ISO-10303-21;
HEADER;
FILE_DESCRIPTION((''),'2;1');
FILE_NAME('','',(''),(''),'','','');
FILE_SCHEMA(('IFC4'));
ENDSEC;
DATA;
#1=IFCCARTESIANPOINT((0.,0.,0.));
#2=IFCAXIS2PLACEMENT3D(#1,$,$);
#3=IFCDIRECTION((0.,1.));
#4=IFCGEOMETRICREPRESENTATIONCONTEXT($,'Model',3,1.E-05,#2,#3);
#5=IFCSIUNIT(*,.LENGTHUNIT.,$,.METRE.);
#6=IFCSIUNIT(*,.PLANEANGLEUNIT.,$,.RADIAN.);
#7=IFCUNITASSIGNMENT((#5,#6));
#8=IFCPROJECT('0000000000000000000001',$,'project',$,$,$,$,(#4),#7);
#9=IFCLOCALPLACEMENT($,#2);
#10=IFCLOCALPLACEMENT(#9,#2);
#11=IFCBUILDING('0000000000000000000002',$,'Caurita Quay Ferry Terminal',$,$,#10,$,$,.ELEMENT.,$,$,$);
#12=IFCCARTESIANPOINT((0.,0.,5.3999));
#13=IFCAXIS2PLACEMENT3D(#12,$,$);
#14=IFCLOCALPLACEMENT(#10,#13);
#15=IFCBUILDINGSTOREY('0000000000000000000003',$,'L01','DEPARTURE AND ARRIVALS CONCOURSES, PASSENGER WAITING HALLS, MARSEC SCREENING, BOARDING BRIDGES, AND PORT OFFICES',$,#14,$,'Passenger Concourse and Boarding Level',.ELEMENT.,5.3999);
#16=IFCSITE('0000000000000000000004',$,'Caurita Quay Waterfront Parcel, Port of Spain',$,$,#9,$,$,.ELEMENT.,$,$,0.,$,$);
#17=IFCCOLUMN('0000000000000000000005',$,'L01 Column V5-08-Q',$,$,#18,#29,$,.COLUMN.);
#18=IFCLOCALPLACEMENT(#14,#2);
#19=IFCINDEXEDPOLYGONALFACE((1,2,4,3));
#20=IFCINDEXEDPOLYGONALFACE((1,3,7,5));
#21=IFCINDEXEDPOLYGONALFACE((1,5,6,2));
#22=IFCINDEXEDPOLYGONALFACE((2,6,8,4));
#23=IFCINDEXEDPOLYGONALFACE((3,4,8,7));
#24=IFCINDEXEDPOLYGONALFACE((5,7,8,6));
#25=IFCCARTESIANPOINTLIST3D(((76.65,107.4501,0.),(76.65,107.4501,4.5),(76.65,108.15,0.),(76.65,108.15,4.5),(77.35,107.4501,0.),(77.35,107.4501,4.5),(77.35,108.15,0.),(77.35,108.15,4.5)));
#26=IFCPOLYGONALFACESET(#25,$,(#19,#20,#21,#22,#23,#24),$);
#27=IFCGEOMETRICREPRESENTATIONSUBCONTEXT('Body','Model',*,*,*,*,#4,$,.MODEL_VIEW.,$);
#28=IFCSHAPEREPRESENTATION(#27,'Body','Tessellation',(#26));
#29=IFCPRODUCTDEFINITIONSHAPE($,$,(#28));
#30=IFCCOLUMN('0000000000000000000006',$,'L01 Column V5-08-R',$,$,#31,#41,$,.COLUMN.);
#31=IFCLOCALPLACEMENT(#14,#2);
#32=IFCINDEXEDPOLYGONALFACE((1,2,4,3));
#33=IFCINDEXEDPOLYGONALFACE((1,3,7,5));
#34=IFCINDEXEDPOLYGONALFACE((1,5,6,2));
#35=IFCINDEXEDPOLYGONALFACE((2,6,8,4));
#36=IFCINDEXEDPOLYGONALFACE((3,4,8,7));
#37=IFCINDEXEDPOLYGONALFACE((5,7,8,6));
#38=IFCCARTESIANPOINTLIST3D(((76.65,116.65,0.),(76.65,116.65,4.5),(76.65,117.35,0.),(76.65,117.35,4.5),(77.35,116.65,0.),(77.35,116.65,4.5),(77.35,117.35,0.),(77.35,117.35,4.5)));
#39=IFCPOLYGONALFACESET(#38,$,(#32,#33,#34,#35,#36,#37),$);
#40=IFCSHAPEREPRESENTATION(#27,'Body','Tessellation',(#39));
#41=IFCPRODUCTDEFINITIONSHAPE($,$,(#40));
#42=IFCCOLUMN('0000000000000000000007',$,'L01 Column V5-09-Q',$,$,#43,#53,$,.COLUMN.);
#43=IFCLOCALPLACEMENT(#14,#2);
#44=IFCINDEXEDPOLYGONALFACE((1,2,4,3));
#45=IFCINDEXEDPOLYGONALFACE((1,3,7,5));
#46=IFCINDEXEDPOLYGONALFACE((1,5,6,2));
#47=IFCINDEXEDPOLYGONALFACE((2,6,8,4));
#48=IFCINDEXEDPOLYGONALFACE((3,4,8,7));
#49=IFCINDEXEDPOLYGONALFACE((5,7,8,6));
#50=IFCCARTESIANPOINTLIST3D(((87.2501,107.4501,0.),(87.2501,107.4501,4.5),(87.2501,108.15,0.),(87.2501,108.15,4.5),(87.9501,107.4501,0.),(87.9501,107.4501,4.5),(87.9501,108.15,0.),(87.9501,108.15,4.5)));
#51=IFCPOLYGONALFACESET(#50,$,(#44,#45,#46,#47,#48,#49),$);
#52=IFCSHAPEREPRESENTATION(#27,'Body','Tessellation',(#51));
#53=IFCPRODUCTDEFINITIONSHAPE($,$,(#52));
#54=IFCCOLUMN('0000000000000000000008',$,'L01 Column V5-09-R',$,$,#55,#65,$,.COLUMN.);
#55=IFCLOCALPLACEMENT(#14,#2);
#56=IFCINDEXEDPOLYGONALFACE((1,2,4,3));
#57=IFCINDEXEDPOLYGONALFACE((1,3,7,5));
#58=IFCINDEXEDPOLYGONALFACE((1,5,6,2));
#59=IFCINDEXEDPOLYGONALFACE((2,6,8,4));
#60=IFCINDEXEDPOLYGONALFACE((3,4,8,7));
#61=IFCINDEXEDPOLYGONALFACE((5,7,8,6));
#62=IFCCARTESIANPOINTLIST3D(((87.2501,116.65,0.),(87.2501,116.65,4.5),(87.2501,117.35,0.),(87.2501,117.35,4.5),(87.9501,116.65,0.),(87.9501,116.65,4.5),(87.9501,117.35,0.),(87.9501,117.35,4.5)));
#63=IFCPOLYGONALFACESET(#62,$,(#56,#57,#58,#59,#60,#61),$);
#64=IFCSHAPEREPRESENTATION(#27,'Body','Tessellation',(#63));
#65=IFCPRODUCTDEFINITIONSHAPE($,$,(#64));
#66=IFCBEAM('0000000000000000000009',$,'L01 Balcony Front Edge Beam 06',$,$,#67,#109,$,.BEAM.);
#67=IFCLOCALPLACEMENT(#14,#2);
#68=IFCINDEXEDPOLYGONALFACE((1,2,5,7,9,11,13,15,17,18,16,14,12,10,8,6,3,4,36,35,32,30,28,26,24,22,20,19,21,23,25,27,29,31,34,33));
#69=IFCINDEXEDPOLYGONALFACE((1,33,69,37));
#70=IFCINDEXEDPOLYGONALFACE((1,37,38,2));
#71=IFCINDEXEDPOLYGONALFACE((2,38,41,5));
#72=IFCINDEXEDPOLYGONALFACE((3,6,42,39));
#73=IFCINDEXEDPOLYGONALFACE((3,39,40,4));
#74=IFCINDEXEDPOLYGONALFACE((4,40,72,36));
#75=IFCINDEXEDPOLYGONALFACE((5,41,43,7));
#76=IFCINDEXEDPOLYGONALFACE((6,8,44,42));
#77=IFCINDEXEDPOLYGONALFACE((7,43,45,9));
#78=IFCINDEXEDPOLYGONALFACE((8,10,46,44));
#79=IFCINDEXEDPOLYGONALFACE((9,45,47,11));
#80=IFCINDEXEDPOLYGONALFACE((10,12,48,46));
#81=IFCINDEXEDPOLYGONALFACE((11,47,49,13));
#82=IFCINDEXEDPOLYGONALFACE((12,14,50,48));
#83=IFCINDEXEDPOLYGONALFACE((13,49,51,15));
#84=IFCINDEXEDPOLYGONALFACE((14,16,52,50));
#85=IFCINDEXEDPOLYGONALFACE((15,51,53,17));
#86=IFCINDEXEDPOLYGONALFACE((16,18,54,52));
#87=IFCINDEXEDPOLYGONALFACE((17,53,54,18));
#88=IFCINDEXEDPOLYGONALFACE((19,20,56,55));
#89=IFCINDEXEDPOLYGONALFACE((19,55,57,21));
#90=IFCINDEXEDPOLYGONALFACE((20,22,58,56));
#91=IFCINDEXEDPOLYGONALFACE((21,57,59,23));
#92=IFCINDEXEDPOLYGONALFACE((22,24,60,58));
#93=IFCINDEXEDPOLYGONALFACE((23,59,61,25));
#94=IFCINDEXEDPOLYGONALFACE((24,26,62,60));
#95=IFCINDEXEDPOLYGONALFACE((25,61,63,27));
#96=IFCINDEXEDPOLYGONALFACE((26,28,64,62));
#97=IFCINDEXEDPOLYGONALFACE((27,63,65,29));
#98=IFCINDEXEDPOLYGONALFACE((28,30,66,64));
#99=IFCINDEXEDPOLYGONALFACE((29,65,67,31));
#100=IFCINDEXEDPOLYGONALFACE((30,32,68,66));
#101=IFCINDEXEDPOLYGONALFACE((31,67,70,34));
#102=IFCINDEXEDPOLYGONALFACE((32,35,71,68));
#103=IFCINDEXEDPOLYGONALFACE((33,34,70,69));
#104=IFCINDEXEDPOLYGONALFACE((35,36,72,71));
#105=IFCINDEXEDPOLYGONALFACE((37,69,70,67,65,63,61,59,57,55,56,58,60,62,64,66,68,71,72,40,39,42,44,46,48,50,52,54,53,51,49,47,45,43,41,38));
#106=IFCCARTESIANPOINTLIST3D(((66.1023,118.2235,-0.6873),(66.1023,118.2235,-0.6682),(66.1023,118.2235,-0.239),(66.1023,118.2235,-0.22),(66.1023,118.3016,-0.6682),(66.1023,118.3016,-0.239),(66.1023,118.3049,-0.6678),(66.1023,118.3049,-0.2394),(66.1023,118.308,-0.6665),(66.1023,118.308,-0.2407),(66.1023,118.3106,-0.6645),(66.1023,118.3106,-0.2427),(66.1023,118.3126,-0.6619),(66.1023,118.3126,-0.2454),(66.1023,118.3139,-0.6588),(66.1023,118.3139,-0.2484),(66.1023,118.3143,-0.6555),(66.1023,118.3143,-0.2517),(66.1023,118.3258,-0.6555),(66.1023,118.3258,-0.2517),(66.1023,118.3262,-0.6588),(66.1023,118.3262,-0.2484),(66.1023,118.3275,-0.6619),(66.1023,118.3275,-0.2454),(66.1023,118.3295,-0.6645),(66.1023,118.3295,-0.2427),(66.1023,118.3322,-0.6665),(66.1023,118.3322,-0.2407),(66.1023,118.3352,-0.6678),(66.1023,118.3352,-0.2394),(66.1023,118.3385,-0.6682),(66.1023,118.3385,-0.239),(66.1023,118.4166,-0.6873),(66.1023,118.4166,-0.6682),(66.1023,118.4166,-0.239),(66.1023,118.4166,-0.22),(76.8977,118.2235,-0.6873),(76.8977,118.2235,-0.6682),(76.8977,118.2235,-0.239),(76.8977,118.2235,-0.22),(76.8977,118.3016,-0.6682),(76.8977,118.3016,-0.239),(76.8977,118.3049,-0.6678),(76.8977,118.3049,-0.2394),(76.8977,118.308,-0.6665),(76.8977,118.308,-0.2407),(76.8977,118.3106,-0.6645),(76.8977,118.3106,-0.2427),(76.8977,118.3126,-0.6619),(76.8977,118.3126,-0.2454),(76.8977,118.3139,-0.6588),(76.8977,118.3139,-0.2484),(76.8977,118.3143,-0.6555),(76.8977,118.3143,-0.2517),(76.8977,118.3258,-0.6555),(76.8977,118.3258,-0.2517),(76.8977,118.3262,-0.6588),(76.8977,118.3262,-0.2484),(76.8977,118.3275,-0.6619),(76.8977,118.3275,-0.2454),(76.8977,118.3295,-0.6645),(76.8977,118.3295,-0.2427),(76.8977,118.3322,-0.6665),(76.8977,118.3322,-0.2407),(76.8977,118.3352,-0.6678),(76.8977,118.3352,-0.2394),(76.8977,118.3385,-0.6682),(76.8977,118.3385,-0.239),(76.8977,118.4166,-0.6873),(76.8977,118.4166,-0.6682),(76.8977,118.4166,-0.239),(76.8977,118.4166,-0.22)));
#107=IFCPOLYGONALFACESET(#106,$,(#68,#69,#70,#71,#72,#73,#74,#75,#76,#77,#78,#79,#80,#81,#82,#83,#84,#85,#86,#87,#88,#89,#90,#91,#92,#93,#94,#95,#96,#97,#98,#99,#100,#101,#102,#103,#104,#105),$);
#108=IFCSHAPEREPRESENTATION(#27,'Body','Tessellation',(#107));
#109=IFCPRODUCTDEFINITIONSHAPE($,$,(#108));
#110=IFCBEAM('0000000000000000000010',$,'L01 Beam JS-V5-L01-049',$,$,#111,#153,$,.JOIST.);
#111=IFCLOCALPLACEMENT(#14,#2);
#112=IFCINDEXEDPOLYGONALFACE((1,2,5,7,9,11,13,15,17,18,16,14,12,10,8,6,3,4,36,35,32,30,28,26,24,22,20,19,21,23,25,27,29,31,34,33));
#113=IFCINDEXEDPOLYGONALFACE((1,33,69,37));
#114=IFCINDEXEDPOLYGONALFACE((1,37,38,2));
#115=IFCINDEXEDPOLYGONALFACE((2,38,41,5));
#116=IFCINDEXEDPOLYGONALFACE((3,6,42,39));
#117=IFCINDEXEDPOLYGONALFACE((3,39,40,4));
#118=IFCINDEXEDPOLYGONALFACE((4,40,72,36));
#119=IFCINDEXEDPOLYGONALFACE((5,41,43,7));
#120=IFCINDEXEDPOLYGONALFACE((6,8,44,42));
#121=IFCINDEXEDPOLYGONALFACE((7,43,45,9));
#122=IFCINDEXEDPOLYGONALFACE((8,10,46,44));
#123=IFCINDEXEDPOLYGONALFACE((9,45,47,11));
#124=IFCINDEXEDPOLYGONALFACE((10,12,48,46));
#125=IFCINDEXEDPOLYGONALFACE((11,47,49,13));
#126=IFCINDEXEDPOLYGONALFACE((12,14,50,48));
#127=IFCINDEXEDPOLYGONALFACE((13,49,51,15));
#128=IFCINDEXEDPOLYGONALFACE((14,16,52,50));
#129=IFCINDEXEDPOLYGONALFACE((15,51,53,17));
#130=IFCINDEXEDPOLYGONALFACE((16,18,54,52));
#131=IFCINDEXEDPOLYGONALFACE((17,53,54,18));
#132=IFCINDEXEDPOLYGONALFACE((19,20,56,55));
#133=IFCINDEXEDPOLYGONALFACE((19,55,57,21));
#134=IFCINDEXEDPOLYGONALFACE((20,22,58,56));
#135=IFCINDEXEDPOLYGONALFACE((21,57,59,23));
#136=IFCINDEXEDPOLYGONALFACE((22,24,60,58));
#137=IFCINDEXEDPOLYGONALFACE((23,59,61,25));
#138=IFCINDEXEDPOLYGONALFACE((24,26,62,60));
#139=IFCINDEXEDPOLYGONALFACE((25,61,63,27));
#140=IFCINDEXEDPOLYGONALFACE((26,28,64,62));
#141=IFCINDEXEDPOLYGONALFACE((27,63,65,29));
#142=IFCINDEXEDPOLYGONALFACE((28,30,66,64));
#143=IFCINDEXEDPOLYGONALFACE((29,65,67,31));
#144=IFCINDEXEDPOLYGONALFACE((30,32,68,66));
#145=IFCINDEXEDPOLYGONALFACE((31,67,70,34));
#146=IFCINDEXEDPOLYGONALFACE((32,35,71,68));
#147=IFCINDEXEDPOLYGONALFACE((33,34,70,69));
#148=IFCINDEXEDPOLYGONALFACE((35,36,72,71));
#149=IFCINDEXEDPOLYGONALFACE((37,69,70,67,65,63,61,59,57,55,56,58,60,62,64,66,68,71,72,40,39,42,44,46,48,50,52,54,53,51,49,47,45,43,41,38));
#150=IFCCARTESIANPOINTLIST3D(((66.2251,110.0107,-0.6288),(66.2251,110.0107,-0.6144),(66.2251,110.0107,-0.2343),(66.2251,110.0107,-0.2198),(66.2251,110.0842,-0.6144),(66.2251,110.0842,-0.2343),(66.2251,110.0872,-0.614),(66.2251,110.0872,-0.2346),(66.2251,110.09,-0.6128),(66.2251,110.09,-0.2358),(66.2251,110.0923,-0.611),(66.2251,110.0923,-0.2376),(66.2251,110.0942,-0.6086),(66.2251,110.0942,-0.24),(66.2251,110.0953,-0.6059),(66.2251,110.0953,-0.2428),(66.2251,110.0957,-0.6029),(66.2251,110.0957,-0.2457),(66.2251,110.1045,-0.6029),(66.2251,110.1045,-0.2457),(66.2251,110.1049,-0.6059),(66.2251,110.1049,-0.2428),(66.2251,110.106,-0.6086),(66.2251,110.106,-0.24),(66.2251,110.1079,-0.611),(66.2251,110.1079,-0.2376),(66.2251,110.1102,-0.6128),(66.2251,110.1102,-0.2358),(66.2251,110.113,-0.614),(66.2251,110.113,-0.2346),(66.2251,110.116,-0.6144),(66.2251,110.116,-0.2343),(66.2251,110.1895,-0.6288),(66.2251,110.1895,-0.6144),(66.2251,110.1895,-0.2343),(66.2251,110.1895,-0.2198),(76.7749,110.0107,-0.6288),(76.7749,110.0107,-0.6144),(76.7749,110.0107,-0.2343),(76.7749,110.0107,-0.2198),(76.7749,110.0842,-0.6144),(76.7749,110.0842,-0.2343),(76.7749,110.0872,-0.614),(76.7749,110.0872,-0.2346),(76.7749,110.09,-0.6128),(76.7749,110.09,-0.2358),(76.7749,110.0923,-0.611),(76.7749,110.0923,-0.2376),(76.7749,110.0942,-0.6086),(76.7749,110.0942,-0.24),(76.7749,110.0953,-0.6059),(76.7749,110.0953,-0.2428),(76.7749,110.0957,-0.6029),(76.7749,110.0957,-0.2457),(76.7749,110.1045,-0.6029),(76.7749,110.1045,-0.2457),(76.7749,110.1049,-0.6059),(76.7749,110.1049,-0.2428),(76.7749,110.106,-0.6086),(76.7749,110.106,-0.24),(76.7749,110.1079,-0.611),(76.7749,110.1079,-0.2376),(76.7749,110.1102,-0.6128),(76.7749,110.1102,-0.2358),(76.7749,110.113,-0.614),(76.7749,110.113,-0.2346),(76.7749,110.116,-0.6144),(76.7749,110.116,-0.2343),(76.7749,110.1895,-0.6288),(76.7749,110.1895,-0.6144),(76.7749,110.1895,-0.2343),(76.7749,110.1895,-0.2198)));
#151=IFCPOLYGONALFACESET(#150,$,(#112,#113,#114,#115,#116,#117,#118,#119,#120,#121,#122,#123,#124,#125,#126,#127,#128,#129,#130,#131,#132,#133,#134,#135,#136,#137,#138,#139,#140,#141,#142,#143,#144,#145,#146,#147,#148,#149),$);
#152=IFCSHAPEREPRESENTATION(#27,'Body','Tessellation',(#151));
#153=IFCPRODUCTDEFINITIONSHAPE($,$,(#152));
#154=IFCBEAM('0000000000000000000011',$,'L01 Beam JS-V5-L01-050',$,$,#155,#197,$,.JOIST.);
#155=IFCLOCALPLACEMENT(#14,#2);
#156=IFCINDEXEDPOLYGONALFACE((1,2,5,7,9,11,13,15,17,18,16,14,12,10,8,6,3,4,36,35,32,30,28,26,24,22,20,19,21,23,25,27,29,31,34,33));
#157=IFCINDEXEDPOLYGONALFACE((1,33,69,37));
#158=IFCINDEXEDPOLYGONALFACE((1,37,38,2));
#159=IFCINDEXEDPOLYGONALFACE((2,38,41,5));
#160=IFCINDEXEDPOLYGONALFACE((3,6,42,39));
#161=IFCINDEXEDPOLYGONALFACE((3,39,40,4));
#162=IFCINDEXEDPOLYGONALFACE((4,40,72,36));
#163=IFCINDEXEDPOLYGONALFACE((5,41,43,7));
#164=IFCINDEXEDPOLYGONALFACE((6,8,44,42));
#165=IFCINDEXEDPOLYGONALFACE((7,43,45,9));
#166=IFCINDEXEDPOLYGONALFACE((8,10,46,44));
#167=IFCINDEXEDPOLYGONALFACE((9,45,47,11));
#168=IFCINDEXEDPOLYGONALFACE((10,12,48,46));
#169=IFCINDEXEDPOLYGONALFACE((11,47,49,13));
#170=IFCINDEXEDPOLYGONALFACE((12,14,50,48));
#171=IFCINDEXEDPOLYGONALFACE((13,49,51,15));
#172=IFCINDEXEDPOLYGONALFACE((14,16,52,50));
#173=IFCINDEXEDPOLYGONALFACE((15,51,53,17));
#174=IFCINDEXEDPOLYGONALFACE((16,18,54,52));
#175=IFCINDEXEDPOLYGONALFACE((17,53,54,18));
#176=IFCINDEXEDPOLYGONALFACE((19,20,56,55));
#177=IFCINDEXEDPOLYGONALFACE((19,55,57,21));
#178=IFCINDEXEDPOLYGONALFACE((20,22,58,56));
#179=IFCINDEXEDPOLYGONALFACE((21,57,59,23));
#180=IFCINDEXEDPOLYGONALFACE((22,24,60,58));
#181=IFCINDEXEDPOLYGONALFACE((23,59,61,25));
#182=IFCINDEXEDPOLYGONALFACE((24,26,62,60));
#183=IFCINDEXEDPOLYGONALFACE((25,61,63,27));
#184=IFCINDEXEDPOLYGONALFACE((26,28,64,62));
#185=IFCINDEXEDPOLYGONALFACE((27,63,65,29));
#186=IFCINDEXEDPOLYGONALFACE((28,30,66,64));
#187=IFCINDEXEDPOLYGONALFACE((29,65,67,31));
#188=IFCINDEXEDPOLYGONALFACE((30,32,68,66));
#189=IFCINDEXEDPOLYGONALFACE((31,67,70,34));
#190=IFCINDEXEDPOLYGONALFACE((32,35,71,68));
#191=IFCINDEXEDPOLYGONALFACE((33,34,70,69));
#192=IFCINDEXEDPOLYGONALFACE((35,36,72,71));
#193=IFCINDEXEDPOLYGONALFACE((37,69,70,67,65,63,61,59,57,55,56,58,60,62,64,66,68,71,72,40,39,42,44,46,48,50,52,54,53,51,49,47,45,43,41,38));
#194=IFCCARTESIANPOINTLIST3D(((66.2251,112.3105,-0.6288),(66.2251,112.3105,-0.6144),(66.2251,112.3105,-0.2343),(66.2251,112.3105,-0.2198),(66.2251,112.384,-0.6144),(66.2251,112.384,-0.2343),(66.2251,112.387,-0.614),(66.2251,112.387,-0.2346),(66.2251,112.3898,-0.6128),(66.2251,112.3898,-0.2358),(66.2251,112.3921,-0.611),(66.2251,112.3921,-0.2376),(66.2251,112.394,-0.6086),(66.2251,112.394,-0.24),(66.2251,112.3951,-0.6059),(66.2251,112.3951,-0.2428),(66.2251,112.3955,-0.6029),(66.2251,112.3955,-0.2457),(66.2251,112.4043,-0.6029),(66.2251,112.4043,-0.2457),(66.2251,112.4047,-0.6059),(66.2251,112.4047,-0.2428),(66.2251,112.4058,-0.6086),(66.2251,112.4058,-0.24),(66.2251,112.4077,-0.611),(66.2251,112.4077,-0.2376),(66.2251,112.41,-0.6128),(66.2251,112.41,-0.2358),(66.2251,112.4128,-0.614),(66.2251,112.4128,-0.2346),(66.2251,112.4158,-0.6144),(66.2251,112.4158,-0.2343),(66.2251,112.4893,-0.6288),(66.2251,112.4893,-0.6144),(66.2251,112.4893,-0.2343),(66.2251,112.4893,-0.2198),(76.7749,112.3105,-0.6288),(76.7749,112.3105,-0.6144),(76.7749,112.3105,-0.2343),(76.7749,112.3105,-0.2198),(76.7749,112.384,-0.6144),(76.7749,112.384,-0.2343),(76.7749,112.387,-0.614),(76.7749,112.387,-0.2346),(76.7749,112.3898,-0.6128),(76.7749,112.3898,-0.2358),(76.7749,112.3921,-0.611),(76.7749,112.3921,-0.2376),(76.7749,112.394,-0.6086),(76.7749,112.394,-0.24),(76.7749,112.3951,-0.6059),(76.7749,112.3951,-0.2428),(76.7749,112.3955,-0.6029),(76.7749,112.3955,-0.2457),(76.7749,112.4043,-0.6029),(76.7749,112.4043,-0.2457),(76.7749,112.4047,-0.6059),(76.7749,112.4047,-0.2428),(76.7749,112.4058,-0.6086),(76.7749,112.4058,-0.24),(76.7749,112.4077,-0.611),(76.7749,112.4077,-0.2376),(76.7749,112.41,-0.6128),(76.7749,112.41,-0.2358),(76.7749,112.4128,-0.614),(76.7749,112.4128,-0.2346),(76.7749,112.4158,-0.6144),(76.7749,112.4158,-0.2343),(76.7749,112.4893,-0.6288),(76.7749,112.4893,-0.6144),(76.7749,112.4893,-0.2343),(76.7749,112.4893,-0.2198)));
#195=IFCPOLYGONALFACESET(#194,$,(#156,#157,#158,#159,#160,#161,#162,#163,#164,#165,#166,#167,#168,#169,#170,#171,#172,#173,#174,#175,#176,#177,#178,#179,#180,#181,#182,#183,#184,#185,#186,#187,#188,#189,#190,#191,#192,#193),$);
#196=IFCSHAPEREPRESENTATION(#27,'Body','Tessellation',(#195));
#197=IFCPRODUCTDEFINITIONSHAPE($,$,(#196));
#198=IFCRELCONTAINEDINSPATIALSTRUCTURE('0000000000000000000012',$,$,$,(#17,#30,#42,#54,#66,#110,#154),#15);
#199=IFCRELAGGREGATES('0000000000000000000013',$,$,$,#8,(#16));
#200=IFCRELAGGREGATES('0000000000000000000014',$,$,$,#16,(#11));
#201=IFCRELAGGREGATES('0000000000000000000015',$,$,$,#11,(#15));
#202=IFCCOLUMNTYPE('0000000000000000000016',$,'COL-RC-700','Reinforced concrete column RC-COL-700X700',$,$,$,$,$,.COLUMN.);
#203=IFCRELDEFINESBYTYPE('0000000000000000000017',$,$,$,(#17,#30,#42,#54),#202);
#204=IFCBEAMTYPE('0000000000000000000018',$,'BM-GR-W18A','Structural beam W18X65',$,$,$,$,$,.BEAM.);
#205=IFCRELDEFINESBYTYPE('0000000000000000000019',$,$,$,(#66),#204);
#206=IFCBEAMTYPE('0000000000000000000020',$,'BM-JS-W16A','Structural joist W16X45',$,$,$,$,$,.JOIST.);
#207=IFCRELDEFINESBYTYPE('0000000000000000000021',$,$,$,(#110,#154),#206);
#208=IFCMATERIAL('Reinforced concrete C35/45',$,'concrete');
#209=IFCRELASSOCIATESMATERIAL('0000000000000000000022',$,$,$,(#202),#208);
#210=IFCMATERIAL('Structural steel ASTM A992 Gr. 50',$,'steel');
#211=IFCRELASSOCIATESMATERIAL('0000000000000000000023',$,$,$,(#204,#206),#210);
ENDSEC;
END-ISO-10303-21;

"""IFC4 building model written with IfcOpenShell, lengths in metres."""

from ifc_helpers import new_model, si_unit, direction, frame, origin, origin_2d, place, context, subcontext, project, spatial, rectangle, i_section, extrude, material, material_profile, profile_set, type_object, element, save


model = new_model("IFC4")

# Units and contexts
model_context = context("Model", 3, precision=1e-05, world=origin(), true_north=direction((0.0, 1.0)))
body_context = subcontext(model_context, "Body", "Model", "MODEL_VIEW")
ifc_project = project(units=[si_unit("LENGTHUNIT", "METRE"), si_unit("PLANEANGLEUNIT", "RADIAN")], contexts=[model_context])

# Site, building, storey
site_placement = place(None, origin())
site = spatial("IfcSite", under=ifc_project, at=site_placement, Name="Caurita Quay Waterfront Parcel, Port of Spain", CompositionType="ELEMENT", RefElevation=0.0)
building_placement = place(site_placement, origin())
building = spatial("IfcBuilding", under=site, at=building_placement, Name="Caurita Quay Ferry Terminal", CompositionType="ELEMENT")
storey_placement = place(building_placement, frame((0.0, 0.0, 5.3999)))
storey = spatial("IfcBuildingStorey", under=building, at=storey_placement, Name="L01", Description="DEPARTURE AND ARRIVALS CONCOURSES, PASSENGER WAITING HALLS, MARSEC SCREENING, BOARDING BRIDGES, AND PORT OFFICES", LongName="Passenger Concourse and Boarding Level", CompositionType="ELEMENT", Elevation=5.3999)

# Columns
ifc_material_1 = material(Name="Reinforced concrete C35/45", Category="concrete")
ifc_material_profile_1 = material_profile(ifc_material_1, rectangle(XDim=0.7, YDim=0.7, at=origin_2d()), Name="RC-COL-700X700")
ifc_profile_set_1 = profile_set([ifc_material_profile_1], Name="Reinforced concrete C35/45")
column_type = type_object("IfcColumnType", Name="COL-RC-700", Description="Reinforced concrete column RC-COL-700X700", PredefinedType="COLUMN", material=ifc_profile_set_1)
for number, where, z_axis, x_axis, name in (
    (1, (77.0, 107.8, 0.0), (0.0, 0.0, 1.0), (1.0, 0.0, 0.0), "L01 Column V5-08-Q"),
    (2, (77.0, 117.0, 0.0), (0.0, 0.0, 1.0), (1.0, 0.0, 0.0), "L01 Column V5-08-R"),
    (3, (87.6001, 107.8, 0.0), (0.0, 0.0, 1.0), (1.0, 0.0, 0.0), "L01 Column V5-09-Q"),
    (4, (87.6001, 117.0, 0.0), (0.0, 0.0, 1.0), (1.0, 0.0, 0.0), "L01 Column V5-09-R"),
):
    element("IfcColumn", number, at=place(storey_placement, frame(where, z_axis=z_axis, x_axis=x_axis)), inside=storey, type_object=column_type, Name=name, PredefinedType="COLUMN", context=body_context, shape_type="SweptSolid", body=[
        extrude(rectangle(XDim=0.7, YDim=0.7, at=origin_2d()), origin(), (0.0, 0.0, 1.0), 4.5),
    ])

# Beams
ifc_material_2 = material(Name="Structural steel ASTM A992 Gr. 50", Category="steel")
ifc_material_profile_2 = material_profile(ifc_material_2, i_section(OverallWidth=0.1931, OverallDepth=0.4673, WebThickness=0.0115, FlangeThickness=0.019, FilletRadius=0.0127, at=origin_2d()), Name="W18X65")
ifc_profile_set_2 = profile_set([ifc_material_profile_2], Name="Structural steel ASTM A992 Gr. 50")
beam_type_1 = type_object("IfcBeamType", Name="BM-GR-W18A", Description="Structural beam W18X65", PredefinedType="BEAM", material=ifc_profile_set_2)
beam_1_placement = place(storey_placement, frame((66.1023, 118.3201, -0.4536), z_axis=(1.0, 0.0, 0.0), x_axis=(0.0, 1.0, 0.0)))
element("IfcBeam", 5, at=beam_1_placement, inside=storey, type_object=beam_type_1, Name="L01 Balcony Front Edge Beam 06", PredefinedType="BEAM", context=body_context, shape_type="SweptSolid", body=[
    extrude(i_section(OverallWidth=0.1931, OverallDepth=0.4673, WebThickness=0.0115, FlangeThickness=0.019, FilletRadius=0.0127, at=origin_2d()), origin(), (0.0, 0.0, 1.0), 10.7954),
])
ifc_material_profile_3 = material_profile(ifc_material_2, i_section(OverallWidth=0.1787, OverallDepth=0.4089, WebThickness=0.0088, FlangeThickness=0.0144, FilletRadius=0.0115, at=origin_2d()), Name="W16X45")
ifc_profile_set_3 = profile_set([ifc_material_profile_3], Name="Structural steel ASTM A992 Gr. 50")
beam_type_2 = type_object("IfcBeamType", Name="BM-JS-W16A", Description="Structural joist W16X45", PredefinedType="JOIST", material=ifc_profile_set_3)
for number, where, z_axis, x_axis, name in (
    (6, (66.2251, 110.1001, -0.4243), (1.0, 0.0, 0.0), (0.0, 1.0, 0.0), "L01 Beam JS-V5-L01-049"),
    (7, (66.2251, 112.3999, -0.4243), (1.0, 0.0, 0.0), (0.0, 1.0, 0.0), "L01 Beam JS-V5-L01-050"),
):
    element("IfcBeam", number, at=place(storey_placement, frame(where, z_axis=z_axis, x_axis=x_axis)), inside=storey, type_object=beam_type_2, Name=name, PredefinedType="JOIST", context=body_context, shape_type="SweptSolid", body=[
        extrude(i_section(OverallWidth=0.1787, OverallDepth=0.4089, WebThickness=0.0088, FlangeThickness=0.0144, FilletRadius=0.0115, at=origin_2d()), origin(), (0.0, 0.0, 1.0), 10.5498),
    ])

save(model, "model.ifc")
